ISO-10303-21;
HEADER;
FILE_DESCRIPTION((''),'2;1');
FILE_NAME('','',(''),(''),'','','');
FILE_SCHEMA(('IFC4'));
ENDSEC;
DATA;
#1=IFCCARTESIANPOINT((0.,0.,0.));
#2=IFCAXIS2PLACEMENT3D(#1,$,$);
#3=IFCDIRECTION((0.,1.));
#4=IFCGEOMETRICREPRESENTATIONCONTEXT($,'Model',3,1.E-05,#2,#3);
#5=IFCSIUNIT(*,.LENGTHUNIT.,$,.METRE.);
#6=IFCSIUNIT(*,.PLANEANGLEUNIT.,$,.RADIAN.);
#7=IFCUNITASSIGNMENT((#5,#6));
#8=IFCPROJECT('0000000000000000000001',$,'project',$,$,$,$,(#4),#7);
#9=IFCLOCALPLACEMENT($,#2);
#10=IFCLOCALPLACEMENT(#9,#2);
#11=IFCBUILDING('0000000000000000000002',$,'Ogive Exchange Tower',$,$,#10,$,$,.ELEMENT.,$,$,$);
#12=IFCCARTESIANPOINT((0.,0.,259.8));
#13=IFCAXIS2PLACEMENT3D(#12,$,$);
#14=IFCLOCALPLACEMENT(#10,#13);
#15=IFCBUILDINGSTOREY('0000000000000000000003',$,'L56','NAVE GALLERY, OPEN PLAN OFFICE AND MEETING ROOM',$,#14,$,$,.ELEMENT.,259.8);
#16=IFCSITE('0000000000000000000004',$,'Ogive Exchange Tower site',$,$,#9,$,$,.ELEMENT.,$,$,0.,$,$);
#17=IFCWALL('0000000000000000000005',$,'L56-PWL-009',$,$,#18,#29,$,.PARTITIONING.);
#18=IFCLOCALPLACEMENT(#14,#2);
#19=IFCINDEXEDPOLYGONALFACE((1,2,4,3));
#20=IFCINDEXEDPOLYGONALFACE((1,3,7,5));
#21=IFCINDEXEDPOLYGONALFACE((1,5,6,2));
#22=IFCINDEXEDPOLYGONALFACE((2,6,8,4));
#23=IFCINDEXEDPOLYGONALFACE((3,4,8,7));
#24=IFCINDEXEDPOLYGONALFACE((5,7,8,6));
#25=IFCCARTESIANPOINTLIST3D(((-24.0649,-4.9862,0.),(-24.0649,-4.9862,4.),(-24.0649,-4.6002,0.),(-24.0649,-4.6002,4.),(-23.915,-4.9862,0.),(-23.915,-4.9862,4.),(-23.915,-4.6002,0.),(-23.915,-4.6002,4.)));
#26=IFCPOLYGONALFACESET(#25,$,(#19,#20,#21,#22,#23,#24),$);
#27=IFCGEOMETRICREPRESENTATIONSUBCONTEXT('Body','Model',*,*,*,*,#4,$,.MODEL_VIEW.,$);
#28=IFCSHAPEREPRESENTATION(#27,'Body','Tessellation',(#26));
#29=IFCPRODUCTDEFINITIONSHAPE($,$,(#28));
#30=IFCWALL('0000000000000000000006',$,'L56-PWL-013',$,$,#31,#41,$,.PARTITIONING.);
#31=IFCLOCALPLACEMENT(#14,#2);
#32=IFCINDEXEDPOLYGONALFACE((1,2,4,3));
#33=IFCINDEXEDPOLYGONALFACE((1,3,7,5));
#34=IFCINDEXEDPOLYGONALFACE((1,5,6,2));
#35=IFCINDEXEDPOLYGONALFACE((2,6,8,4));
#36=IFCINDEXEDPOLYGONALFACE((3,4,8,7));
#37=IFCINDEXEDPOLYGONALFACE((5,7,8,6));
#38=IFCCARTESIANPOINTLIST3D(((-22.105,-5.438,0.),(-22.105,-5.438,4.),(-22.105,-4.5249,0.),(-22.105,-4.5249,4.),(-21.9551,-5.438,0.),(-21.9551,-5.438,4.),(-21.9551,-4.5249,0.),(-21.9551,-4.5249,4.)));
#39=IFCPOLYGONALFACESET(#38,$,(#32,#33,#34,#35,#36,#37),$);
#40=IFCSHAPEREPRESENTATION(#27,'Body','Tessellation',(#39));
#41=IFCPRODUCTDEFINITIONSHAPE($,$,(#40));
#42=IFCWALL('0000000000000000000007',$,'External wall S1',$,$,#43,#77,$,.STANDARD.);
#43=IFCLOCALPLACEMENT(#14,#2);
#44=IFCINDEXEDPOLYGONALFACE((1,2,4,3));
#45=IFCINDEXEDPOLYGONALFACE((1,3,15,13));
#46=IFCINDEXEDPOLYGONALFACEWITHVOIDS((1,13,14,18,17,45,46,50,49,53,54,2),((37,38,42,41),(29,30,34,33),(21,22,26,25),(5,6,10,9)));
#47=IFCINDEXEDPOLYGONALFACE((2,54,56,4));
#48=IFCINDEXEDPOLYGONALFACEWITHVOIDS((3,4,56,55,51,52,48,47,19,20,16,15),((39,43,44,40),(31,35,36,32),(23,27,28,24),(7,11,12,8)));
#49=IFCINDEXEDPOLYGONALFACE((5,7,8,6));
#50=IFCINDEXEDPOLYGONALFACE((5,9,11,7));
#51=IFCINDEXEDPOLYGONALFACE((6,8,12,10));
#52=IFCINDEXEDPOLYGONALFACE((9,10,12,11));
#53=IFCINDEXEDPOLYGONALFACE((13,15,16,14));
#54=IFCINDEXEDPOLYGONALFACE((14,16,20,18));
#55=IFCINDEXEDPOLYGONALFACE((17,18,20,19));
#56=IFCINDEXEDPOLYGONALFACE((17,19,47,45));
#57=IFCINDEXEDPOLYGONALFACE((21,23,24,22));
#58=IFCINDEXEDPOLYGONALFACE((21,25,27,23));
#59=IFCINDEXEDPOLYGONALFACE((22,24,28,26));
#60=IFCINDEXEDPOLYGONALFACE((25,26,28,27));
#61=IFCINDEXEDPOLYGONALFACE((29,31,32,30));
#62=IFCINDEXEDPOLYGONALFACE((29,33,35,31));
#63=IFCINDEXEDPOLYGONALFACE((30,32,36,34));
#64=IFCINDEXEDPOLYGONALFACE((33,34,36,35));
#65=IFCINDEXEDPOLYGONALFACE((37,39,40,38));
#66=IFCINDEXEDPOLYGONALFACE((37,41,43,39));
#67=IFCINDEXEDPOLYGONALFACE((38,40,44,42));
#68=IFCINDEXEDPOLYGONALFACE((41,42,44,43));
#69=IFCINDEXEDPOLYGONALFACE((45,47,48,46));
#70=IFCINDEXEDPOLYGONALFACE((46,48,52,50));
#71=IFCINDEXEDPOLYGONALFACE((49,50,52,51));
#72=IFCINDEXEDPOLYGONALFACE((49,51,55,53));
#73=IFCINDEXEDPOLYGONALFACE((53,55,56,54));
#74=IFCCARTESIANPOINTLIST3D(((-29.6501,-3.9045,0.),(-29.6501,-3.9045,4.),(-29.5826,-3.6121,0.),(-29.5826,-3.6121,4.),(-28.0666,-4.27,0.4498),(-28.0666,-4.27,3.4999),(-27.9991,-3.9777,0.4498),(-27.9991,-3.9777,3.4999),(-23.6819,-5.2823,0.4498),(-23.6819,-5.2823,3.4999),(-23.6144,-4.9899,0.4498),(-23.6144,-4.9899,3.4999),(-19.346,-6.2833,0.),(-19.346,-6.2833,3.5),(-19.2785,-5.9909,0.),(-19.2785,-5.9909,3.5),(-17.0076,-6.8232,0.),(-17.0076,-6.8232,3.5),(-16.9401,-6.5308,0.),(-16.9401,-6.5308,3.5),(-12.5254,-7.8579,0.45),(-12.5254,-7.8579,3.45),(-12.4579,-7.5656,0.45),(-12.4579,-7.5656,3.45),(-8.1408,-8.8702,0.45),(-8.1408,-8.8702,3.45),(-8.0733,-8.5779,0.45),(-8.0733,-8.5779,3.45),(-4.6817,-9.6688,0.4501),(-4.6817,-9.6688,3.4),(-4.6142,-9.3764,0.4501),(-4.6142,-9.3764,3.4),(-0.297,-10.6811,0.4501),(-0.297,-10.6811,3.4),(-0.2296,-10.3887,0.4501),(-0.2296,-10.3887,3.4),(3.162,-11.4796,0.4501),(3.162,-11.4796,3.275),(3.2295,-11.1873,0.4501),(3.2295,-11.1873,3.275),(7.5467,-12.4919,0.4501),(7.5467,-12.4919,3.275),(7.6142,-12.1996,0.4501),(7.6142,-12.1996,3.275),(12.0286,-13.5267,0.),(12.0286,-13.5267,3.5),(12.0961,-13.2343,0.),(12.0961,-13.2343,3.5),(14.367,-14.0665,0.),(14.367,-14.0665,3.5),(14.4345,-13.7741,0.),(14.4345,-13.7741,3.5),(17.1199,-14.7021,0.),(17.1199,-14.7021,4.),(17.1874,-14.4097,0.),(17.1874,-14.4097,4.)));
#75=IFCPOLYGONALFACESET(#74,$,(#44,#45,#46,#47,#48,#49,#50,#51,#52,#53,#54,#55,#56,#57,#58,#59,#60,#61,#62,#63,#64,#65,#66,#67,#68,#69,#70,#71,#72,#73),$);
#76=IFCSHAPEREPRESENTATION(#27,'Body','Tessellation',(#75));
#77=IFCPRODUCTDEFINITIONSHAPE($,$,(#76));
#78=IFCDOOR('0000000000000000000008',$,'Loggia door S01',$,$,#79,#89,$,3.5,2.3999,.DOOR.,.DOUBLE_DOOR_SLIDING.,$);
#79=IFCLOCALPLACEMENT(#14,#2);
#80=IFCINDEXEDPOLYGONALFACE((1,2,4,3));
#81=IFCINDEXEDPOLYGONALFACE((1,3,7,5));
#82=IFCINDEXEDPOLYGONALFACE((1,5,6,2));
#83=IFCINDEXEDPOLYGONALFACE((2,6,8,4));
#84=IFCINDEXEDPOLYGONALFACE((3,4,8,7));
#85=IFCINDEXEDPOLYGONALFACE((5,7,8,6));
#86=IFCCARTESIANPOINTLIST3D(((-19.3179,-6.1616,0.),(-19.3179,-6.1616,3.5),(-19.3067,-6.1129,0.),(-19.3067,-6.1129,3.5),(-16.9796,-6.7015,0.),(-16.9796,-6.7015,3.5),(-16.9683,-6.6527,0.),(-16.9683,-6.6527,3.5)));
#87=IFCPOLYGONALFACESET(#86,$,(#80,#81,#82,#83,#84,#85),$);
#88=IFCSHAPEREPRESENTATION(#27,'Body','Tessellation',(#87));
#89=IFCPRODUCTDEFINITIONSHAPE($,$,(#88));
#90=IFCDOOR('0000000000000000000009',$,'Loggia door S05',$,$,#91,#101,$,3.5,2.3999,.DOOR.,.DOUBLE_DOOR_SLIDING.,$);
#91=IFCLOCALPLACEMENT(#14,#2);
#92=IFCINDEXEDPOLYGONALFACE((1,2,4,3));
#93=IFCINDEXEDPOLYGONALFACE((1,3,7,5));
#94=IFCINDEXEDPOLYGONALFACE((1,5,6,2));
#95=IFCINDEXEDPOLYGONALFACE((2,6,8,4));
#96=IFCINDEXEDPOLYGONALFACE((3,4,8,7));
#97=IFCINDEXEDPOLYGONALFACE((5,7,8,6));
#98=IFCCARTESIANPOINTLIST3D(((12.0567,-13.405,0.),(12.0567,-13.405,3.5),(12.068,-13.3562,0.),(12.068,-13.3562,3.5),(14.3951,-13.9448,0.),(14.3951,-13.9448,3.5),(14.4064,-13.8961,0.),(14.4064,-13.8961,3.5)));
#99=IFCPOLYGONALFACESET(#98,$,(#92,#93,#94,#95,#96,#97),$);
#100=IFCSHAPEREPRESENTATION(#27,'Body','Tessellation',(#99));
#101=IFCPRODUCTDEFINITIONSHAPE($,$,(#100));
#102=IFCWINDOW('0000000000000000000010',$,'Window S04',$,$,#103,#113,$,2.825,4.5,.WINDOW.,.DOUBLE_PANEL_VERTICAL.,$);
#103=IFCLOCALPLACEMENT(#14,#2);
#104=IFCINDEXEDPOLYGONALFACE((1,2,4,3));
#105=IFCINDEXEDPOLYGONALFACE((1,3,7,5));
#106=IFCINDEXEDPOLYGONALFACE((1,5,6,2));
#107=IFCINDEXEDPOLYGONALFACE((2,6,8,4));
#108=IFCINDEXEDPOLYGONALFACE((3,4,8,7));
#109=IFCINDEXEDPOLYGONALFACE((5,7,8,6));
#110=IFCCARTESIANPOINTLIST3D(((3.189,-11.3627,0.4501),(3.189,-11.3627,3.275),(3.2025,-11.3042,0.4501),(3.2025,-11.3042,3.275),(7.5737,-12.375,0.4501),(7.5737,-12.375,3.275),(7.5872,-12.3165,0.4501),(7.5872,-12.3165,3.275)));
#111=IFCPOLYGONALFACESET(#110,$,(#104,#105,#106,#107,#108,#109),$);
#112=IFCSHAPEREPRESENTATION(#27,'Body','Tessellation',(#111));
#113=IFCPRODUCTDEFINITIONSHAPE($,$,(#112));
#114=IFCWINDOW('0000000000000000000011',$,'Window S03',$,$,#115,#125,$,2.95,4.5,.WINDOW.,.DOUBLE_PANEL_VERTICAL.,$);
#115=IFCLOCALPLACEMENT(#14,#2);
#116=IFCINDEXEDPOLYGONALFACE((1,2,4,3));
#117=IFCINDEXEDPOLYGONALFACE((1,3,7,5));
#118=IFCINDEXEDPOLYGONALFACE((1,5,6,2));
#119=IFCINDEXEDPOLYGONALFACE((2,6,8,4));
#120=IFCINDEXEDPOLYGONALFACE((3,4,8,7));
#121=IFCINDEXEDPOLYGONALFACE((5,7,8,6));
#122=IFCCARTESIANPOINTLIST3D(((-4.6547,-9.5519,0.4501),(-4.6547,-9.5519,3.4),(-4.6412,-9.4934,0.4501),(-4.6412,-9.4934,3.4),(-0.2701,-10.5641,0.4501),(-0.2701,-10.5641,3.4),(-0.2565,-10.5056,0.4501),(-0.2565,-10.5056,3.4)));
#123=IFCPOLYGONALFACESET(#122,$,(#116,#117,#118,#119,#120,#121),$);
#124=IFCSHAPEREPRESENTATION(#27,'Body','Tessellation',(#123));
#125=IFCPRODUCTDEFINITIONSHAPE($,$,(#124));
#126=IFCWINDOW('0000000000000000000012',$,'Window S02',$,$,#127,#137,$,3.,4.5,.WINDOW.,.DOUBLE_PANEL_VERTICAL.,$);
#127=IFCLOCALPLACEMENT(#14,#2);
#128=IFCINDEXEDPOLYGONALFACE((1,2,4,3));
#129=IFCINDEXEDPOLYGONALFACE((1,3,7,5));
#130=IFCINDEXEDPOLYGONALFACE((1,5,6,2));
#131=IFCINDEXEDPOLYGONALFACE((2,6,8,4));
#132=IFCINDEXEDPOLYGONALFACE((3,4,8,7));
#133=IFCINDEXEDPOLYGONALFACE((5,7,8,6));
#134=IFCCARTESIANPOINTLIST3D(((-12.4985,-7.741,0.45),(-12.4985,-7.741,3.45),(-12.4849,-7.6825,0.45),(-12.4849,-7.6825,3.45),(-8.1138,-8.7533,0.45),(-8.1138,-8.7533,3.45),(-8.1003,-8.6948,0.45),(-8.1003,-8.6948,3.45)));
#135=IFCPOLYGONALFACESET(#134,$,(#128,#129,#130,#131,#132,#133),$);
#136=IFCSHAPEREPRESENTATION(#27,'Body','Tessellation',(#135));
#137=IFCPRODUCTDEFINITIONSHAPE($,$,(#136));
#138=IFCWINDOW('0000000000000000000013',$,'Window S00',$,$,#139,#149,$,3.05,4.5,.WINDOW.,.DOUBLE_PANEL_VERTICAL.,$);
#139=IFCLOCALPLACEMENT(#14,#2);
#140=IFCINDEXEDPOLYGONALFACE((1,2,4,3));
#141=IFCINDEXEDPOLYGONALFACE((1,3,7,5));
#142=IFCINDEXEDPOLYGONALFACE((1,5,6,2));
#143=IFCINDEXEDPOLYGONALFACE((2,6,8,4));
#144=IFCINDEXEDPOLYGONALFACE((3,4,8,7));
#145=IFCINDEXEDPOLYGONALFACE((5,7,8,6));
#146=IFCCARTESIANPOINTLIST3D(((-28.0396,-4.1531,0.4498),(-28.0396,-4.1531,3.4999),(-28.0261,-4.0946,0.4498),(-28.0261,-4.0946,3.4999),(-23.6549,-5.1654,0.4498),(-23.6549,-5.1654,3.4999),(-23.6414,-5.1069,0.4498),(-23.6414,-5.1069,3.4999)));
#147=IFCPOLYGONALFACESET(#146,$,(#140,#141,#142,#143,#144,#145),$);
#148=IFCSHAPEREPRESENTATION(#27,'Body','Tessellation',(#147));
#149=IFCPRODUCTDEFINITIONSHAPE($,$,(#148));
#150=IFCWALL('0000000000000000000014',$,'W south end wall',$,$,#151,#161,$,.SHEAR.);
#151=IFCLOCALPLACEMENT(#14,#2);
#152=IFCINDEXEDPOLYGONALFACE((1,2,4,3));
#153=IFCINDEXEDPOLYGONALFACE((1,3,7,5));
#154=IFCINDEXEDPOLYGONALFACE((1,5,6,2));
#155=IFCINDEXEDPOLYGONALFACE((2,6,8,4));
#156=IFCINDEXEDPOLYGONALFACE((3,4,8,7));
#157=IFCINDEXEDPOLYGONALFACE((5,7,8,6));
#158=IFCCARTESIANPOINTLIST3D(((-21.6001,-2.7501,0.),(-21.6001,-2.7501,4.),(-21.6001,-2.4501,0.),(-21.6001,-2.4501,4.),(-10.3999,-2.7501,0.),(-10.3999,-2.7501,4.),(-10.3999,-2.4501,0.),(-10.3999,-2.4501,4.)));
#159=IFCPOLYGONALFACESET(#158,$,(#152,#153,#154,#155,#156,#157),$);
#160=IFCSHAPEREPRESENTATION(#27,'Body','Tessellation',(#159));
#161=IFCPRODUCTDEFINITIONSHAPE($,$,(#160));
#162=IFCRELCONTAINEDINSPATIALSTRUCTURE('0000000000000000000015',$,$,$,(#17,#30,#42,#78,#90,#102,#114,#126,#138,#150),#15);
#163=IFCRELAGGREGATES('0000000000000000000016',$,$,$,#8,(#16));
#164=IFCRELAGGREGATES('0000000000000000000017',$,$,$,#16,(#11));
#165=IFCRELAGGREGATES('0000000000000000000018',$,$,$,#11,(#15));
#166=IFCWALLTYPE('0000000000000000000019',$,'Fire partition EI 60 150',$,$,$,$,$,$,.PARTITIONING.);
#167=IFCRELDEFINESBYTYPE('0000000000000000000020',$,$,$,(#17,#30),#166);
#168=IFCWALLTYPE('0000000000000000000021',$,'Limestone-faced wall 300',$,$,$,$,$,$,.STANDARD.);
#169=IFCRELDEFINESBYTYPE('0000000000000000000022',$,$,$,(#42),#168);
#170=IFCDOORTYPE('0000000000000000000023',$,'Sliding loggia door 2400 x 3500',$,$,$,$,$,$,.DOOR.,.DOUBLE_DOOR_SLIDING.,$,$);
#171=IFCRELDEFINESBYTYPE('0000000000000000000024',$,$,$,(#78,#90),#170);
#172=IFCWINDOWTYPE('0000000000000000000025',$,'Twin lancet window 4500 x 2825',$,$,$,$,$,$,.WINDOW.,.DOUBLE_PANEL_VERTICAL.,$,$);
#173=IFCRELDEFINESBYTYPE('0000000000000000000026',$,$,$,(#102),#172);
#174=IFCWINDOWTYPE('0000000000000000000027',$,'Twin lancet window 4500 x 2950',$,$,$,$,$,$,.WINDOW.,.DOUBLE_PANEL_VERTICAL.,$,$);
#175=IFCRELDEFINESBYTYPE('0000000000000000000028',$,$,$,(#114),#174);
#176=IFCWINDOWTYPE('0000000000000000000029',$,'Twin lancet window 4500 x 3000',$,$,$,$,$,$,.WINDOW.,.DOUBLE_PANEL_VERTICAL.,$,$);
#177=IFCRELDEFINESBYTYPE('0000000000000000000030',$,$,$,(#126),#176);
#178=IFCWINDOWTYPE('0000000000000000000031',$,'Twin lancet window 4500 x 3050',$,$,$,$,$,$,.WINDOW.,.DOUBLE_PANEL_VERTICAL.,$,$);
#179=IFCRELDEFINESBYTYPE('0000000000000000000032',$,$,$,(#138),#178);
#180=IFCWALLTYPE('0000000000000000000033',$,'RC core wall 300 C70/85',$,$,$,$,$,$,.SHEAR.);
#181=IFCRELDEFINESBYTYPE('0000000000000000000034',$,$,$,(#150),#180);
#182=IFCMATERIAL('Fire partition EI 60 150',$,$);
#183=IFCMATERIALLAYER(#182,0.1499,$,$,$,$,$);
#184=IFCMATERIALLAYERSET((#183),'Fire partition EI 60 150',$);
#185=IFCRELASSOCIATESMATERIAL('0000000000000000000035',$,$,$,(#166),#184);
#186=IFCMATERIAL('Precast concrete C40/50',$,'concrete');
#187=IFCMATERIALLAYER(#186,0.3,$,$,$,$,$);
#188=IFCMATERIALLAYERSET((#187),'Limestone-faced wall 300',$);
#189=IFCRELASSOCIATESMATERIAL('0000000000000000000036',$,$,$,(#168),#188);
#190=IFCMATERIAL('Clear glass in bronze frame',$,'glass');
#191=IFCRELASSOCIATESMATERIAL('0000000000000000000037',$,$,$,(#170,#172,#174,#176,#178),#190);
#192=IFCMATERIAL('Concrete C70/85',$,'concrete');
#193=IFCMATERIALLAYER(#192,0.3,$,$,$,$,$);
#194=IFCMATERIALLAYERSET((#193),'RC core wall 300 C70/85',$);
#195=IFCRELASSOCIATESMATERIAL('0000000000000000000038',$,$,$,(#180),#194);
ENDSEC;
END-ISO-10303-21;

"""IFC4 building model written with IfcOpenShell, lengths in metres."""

from ifc_helpers import new_model, si_unit, direction, frame, frame_2d, origin, place, context, subcontext, project, spatial, rectangle, extrude, material, layer, layer_set, type_object, element, fill, save


model = new_model("IFC4")

# Units and contexts
model_context = context("Model", 3, precision=1e-05, world=origin(), true_north=direction((0.0, 1.0)))
body_context = subcontext(model_context, "Body", "Model", "MODEL_VIEW")
ifc_project = project(units=[si_unit("LENGTHUNIT", "METRE"), si_unit("PLANEANGLEUNIT", "RADIAN")], contexts=[model_context])

# Site, building, storey
site_placement = place(None, origin())
site = spatial("IfcSite", under=ifc_project, at=site_placement, Name="Ogive Exchange Tower site", CompositionType="ELEMENT", RefElevation=0.0)
building_placement = place(site_placement, origin())
building = spatial("IfcBuilding", under=site, at=building_placement, Name="Ogive Exchange Tower", CompositionType="ELEMENT")
storey_placement = place(building_placement, frame((0.0, 0.0, 259.8)))
storey = spatial("IfcBuildingStorey", under=building, at=storey_placement, Name="L56", Description="NAVE GALLERY, OPEN PLAN OFFICE AND MEETING ROOM", CompositionType="ELEMENT", Elevation=259.8)

# Shared definitions
ifc_material_1 = material(Name="Fire partition EI 60 150")
ifc_layer_1 = layer(ifc_material_1, 0.1499)
ifc_layer_set_1 = layer_set([ifc_layer_1], Name="Fire partition EI 60 150")
wall_type_1 = type_object("IfcWallType", Name="Fire partition EI 60 150", PredefinedType="PARTITIONING", material=ifc_layer_set_1)

# Walls
wall_1_placement = place(storey_placement, frame((-23.99, -4.9861, 0.0), z_axis=(0.0, 0.0, 1.0), x_axis=(0.0, 1.0, 0.0)))
element("IfcWall", 1, at=wall_1_placement, inside=storey, type_object=wall_type_1, Name="L56-PWL-009", PredefinedType="PARTITIONING", context=body_context, shape_type="SweptSolid", body=[
    extrude(rectangle(XDim=0.386, YDim=0.1499, at=frame_2d((0.1929, 0.0))), origin(), (0.0, 0.0, 1.0), 4.0),
])
wall_2_placement = place(storey_placement, frame((-22.03, -4.5249, 0.0), z_axis=(0.0, 0.0, 1.0), x_axis=(0.0, -1.0, 0.0)))
element("IfcWall", 2, at=wall_2_placement, inside=storey, type_object=wall_type_1, Name="L56-PWL-013", PredefinedType="PARTITIONING", context=body_context, shape_type="SweptSolid", body=[
    extrude(rectangle(XDim=0.9131, YDim=0.1499, at=frame_2d((0.4565, 0.0))), origin(), (0.0, 0.0, 1.0), 4.0),
])

# Wall, openings, doors, windows
ifc_material_2 = material(Name="Precast concrete C40/50", Category="concrete")
ifc_layer_2 = layer(ifc_material_2, 0.3)
ifc_layer_set_2 = layer_set([ifc_layer_2], Name="Limestone-faced wall 300")
wall_type_2 = type_object("IfcWallType", Name="Limestone-faced wall 300", PredefinedType="STANDARD", material=ifc_layer_set_2)
wall_3_placement = place(storey_placement, frame((-29.6162, -3.7583, 0.0), z_axis=(0.0, 0.0, 1.0), x_axis=(0.974371, -0.224949, 0.0)))
wall_3 = element("IfcWall", 3, at=wall_3_placement, inside=storey, type_object=wall_type_2, Name="External wall S1", PredefinedType="STANDARD", context=body_context, shape_type="SweptSolid", body=[
    extrude(rectangle(XDim=48.0002, YDim=0.3, at=frame_2d((24.0, 0.0))), origin(), (0.0, 0.0, 1.0), 4.0),
])
opening_1_placement = place(wall_3_placement, frame((1.625, 0.0, 0.45)))
opening_1 = element("IfcOpeningElement", 4, at=opening_1_placement, cuts=wall_3, PredefinedType="OPENING", context=body_context, shape_type="SweptSolid", body=[
    extrude(rectangle(XDim=4.5, YDim=3.05, at=frame_2d((2.25, 1.5249))), frame((0.0, 0.1599, 0.0), z_axis=(0.0, -1.0, 0.0), x_axis=(1.0, 0.0, 0.0)), (0.0, 0.0, 1.0), 0.3201),
])
opening_2_placement = place(wall_3_placement, frame((10.575, 0.0, 0.0)))
opening_2 = element("IfcOpeningElement", 5, at=opening_2_placement, cuts=wall_3, PredefinedType="OPENING", context=body_context, shape_type="SweptSolid", body=[
    extrude(rectangle(XDim=2.3999, YDim=3.5, at=frame_2d((1.2, 1.75))), frame((0.0, 0.1599, 0.0), z_axis=(0.0, -1.0, 0.0), x_axis=(1.0, 0.0, 0.0)), (0.0, 0.0, 1.0), 0.3201),
])
opening_3_placement = place(wall_3_placement, frame((17.575, 0.0, 0.45)))
opening_3 = element("IfcOpeningElement", 6, at=opening_3_placement, cuts=wall_3, PredefinedType="OPENING", context=body_context, shape_type="SweptSolid", body=[
    extrude(rectangle(XDim=4.5, YDim=3.0, at=frame_2d((2.25, 1.5))), frame((0.0, 0.1599, 0.0), z_axis=(0.0, -1.0, 0.0), x_axis=(1.0, 0.0, 0.0)), (0.0, 0.0, 1.0), 0.3201),
])
opening_4_placement = place(wall_3_placement, frame((25.625, 0.0, 0.45)))
opening_4 = element("IfcOpeningElement", 7, at=opening_4_placement, cuts=wall_3, PredefinedType="OPENING", context=body_context, shape_type="SweptSolid", body=[
    extrude(rectangle(XDim=4.5, YDim=2.95, at=frame_2d((2.25, 1.4751))), frame((0.0, 0.1599, 0.0), z_axis=(0.0, -1.0, 0.0), x_axis=(1.0, 0.0, 0.0)), (0.0, 0.0, 1.0), 0.3201),
])
opening_5_placement = place(wall_3_placement, frame((33.675, 0.0, 0.45)))
opening_5 = element("IfcOpeningElement", 8, at=opening_5_placement, cuts=wall_3, PredefinedType="OPENING", context=body_context, shape_type="SweptSolid", body=[
    extrude(rectangle(XDim=4.5, YDim=2.825, at=frame_2d((2.25, 1.4126))), frame((0.0, 0.1599, 0.0), z_axis=(0.0, -1.0, 0.0), x_axis=(1.0, 0.0, 0.0)), (0.0, 0.0, 1.0), 0.3201),
])
opening_6_placement = place(wall_3_placement, frame((42.7749, 0.0, 0.0)))
opening_6 = element("IfcOpeningElement", 9, at=opening_6_placement, cuts=wall_3, PredefinedType="OPENING", context=body_context, shape_type="SweptSolid", body=[
    extrude(rectangle(XDim=2.3999, YDim=3.5, at=frame_2d((1.2, 1.75))), frame((0.0, 0.1599, 0.0), z_axis=(0.0, -1.0, 0.0), x_axis=(1.0, 0.0, 0.0)), (0.0, 0.0, 1.0), 0.3201),
])
ifc_material_3 = material(Name="Clear glass in bronze frame", Category="glass")
door_type_1 = type_object("IfcDoorType", Name="Sliding loggia door 2400 x 3500", OperationType="DOUBLE_DOOR_SLIDING", PredefinedType="DOOR", material=ifc_material_3)
door_1_placement = place(opening_2_placement, origin())
door_1 = element("IfcDoor", 10, at=door_1_placement, inside=storey, type_object=door_type_1, Name="Loggia door S01", OperationType="DOUBLE_DOOR_SLIDING", OverallHeight=3.5, OverallWidth=2.3999, PredefinedType="DOOR", context=body_context, shape_type="SweptSolid", body=[
    extrude(rectangle(XDim=2.3999, YDim=3.5, at=frame_2d((1.2, 1.75))), frame((0.0, 0.0249, 0.0), z_axis=(0.0, -1.0, 0.0), x_axis=(1.0, 0.0, 0.0)), (0.0, 0.0, 1.0), 0.05),
])
fill(opening_2, door_1)
door_2_placement = place(opening_6_placement, origin())
door_2 = element("IfcDoor", 11, at=door_2_placement, inside=storey, type_object=door_type_1, Name="Loggia door S05", OperationType="DOUBLE_DOOR_SLIDING", OverallHeight=3.5, OverallWidth=2.3999, PredefinedType="DOOR", context=body_context, shape_type="SweptSolid", body=[
    extrude(rectangle(XDim=2.3999, YDim=3.5, at=frame_2d((1.2, 1.75))), frame((0.0, 0.0249, 0.0), z_axis=(0.0, -1.0, 0.0), x_axis=(1.0, 0.0, 0.0)), (0.0, 0.0, 1.0), 0.05),
])
fill(opening_6, door_2)
window_type_1 = type_object("IfcWindowType", Name="Twin lancet window 4500 x 2825", PartitioningType="DOUBLE_PANEL_VERTICAL", PredefinedType="WINDOW", material=ifc_material_3)
window_1_placement = place(opening_5_placement, origin())
window_1 = element("IfcWindow", 12, at=window_1_placement, inside=storey, type_object=window_type_1, Name="Window S04", OverallHeight=2.825, OverallWidth=4.5, PartitioningType="DOUBLE_PANEL_VERTICAL", PredefinedType="WINDOW", context=body_context, shape_type="SweptSolid", body=[
    extrude(rectangle(XDim=4.5, YDim=2.825, at=frame_2d((2.25, 1.4126))), frame((0.0, 0.03, 0.0), z_axis=(0.0, -1.0, 0.0), x_axis=(1.0, 0.0, 0.0)), (0.0, 0.0, 1.0), 0.0601),
])
fill(opening_5, window_1)
window_type_2 = type_object("IfcWindowType", Name="Twin lancet window 4500 x 2950", PartitioningType="DOUBLE_PANEL_VERTICAL", PredefinedType="WINDOW", material=ifc_material_3)
window_2_placement = place(opening_4_placement, origin())
window_2 = element("IfcWindow", 13, at=window_2_placement, inside=storey, type_object=window_type_2, Name="Window S03", OverallHeight=2.95, OverallWidth=4.5, PartitioningType="DOUBLE_PANEL_VERTICAL", PredefinedType="WINDOW", context=body_context, shape_type="SweptSolid", body=[
    extrude(rectangle(XDim=4.5, YDim=2.95, at=frame_2d((2.25, 1.4751))), frame((0.0, 0.03, 0.0), z_axis=(0.0, -1.0, 0.0), x_axis=(1.0, 0.0, 0.0)), (0.0, 0.0, 1.0), 0.0601),
])
fill(opening_4, window_2)
window_type_3 = type_object("IfcWindowType", Name="Twin lancet window 4500 x 3000", PartitioningType="DOUBLE_PANEL_VERTICAL", PredefinedType="WINDOW", material=ifc_material_3)
window_3_placement = place(opening_3_placement, origin())
window_3 = element("IfcWindow", 14, at=window_3_placement, inside=storey, type_object=window_type_3, Name="Window S02", OverallHeight=3.0, OverallWidth=4.5, PartitioningType="DOUBLE_PANEL_VERTICAL", PredefinedType="WINDOW", context=body_context, shape_type="SweptSolid", body=[
    extrude(rectangle(XDim=4.5, YDim=3.0, at=frame_2d((2.25, 1.5))), frame((0.0, 0.03, 0.0), z_axis=(0.0, -1.0, 0.0), x_axis=(1.0, 0.0, 0.0)), (0.0, 0.0, 1.0), 0.0601),
])
fill(opening_3, window_3)
window_type_4 = type_object("IfcWindowType", Name="Twin lancet window 4500 x 3050", PartitioningType="DOUBLE_PANEL_VERTICAL", PredefinedType="WINDOW", material=ifc_material_3)
window_4_placement = place(opening_1_placement, origin())
window_4 = element("IfcWindow", 15, at=window_4_placement, inside=storey, type_object=window_type_4, Name="Window S00", OverallHeight=3.05, OverallWidth=4.5, PartitioningType="DOUBLE_PANEL_VERTICAL", PredefinedType="WINDOW", context=body_context, shape_type="SweptSolid", body=[
    extrude(rectangle(XDim=4.5, YDim=3.05, at=frame_2d((2.25, 1.5249))), frame((0.0, 0.03, 0.0), z_axis=(0.0, -1.0, 0.0), x_axis=(1.0, 0.0, 0.0)), (0.0, 0.0, 1.0), 0.0601),
])
fill(opening_1, window_4)

# Wall
ifc_material_4 = material(Name="Concrete C70/85", Category="concrete")
ifc_layer_3 = layer(ifc_material_4, 0.3)
ifc_layer_set_3 = layer_set([ifc_layer_3], Name="RC core wall 300 C70/85")
wall_type_3 = type_object("IfcWallType", Name="RC core wall 300 C70/85", PredefinedType="SHEAR", material=ifc_layer_set_3)
wall_4_placement = place(storey_placement, frame((-21.6001, -2.6001, 0.0), z_axis=(0.0, 0.0, 1.0), x_axis=(1.0, 0.0, 0.0)))
element("IfcWall", 16, at=wall_4_placement, inside=storey, type_object=wall_type_3, Name="W south end wall", PredefinedType="SHEAR", context=body_context, shape_type="SweptSolid", body=[
    extrude(rectangle(XDim=11.2002, YDim=0.3, at=frame_2d((5.6001, 0.0))), origin(), (0.0, 0.0, 1.0), 4.0),
])

save(model, "model.ifc")
